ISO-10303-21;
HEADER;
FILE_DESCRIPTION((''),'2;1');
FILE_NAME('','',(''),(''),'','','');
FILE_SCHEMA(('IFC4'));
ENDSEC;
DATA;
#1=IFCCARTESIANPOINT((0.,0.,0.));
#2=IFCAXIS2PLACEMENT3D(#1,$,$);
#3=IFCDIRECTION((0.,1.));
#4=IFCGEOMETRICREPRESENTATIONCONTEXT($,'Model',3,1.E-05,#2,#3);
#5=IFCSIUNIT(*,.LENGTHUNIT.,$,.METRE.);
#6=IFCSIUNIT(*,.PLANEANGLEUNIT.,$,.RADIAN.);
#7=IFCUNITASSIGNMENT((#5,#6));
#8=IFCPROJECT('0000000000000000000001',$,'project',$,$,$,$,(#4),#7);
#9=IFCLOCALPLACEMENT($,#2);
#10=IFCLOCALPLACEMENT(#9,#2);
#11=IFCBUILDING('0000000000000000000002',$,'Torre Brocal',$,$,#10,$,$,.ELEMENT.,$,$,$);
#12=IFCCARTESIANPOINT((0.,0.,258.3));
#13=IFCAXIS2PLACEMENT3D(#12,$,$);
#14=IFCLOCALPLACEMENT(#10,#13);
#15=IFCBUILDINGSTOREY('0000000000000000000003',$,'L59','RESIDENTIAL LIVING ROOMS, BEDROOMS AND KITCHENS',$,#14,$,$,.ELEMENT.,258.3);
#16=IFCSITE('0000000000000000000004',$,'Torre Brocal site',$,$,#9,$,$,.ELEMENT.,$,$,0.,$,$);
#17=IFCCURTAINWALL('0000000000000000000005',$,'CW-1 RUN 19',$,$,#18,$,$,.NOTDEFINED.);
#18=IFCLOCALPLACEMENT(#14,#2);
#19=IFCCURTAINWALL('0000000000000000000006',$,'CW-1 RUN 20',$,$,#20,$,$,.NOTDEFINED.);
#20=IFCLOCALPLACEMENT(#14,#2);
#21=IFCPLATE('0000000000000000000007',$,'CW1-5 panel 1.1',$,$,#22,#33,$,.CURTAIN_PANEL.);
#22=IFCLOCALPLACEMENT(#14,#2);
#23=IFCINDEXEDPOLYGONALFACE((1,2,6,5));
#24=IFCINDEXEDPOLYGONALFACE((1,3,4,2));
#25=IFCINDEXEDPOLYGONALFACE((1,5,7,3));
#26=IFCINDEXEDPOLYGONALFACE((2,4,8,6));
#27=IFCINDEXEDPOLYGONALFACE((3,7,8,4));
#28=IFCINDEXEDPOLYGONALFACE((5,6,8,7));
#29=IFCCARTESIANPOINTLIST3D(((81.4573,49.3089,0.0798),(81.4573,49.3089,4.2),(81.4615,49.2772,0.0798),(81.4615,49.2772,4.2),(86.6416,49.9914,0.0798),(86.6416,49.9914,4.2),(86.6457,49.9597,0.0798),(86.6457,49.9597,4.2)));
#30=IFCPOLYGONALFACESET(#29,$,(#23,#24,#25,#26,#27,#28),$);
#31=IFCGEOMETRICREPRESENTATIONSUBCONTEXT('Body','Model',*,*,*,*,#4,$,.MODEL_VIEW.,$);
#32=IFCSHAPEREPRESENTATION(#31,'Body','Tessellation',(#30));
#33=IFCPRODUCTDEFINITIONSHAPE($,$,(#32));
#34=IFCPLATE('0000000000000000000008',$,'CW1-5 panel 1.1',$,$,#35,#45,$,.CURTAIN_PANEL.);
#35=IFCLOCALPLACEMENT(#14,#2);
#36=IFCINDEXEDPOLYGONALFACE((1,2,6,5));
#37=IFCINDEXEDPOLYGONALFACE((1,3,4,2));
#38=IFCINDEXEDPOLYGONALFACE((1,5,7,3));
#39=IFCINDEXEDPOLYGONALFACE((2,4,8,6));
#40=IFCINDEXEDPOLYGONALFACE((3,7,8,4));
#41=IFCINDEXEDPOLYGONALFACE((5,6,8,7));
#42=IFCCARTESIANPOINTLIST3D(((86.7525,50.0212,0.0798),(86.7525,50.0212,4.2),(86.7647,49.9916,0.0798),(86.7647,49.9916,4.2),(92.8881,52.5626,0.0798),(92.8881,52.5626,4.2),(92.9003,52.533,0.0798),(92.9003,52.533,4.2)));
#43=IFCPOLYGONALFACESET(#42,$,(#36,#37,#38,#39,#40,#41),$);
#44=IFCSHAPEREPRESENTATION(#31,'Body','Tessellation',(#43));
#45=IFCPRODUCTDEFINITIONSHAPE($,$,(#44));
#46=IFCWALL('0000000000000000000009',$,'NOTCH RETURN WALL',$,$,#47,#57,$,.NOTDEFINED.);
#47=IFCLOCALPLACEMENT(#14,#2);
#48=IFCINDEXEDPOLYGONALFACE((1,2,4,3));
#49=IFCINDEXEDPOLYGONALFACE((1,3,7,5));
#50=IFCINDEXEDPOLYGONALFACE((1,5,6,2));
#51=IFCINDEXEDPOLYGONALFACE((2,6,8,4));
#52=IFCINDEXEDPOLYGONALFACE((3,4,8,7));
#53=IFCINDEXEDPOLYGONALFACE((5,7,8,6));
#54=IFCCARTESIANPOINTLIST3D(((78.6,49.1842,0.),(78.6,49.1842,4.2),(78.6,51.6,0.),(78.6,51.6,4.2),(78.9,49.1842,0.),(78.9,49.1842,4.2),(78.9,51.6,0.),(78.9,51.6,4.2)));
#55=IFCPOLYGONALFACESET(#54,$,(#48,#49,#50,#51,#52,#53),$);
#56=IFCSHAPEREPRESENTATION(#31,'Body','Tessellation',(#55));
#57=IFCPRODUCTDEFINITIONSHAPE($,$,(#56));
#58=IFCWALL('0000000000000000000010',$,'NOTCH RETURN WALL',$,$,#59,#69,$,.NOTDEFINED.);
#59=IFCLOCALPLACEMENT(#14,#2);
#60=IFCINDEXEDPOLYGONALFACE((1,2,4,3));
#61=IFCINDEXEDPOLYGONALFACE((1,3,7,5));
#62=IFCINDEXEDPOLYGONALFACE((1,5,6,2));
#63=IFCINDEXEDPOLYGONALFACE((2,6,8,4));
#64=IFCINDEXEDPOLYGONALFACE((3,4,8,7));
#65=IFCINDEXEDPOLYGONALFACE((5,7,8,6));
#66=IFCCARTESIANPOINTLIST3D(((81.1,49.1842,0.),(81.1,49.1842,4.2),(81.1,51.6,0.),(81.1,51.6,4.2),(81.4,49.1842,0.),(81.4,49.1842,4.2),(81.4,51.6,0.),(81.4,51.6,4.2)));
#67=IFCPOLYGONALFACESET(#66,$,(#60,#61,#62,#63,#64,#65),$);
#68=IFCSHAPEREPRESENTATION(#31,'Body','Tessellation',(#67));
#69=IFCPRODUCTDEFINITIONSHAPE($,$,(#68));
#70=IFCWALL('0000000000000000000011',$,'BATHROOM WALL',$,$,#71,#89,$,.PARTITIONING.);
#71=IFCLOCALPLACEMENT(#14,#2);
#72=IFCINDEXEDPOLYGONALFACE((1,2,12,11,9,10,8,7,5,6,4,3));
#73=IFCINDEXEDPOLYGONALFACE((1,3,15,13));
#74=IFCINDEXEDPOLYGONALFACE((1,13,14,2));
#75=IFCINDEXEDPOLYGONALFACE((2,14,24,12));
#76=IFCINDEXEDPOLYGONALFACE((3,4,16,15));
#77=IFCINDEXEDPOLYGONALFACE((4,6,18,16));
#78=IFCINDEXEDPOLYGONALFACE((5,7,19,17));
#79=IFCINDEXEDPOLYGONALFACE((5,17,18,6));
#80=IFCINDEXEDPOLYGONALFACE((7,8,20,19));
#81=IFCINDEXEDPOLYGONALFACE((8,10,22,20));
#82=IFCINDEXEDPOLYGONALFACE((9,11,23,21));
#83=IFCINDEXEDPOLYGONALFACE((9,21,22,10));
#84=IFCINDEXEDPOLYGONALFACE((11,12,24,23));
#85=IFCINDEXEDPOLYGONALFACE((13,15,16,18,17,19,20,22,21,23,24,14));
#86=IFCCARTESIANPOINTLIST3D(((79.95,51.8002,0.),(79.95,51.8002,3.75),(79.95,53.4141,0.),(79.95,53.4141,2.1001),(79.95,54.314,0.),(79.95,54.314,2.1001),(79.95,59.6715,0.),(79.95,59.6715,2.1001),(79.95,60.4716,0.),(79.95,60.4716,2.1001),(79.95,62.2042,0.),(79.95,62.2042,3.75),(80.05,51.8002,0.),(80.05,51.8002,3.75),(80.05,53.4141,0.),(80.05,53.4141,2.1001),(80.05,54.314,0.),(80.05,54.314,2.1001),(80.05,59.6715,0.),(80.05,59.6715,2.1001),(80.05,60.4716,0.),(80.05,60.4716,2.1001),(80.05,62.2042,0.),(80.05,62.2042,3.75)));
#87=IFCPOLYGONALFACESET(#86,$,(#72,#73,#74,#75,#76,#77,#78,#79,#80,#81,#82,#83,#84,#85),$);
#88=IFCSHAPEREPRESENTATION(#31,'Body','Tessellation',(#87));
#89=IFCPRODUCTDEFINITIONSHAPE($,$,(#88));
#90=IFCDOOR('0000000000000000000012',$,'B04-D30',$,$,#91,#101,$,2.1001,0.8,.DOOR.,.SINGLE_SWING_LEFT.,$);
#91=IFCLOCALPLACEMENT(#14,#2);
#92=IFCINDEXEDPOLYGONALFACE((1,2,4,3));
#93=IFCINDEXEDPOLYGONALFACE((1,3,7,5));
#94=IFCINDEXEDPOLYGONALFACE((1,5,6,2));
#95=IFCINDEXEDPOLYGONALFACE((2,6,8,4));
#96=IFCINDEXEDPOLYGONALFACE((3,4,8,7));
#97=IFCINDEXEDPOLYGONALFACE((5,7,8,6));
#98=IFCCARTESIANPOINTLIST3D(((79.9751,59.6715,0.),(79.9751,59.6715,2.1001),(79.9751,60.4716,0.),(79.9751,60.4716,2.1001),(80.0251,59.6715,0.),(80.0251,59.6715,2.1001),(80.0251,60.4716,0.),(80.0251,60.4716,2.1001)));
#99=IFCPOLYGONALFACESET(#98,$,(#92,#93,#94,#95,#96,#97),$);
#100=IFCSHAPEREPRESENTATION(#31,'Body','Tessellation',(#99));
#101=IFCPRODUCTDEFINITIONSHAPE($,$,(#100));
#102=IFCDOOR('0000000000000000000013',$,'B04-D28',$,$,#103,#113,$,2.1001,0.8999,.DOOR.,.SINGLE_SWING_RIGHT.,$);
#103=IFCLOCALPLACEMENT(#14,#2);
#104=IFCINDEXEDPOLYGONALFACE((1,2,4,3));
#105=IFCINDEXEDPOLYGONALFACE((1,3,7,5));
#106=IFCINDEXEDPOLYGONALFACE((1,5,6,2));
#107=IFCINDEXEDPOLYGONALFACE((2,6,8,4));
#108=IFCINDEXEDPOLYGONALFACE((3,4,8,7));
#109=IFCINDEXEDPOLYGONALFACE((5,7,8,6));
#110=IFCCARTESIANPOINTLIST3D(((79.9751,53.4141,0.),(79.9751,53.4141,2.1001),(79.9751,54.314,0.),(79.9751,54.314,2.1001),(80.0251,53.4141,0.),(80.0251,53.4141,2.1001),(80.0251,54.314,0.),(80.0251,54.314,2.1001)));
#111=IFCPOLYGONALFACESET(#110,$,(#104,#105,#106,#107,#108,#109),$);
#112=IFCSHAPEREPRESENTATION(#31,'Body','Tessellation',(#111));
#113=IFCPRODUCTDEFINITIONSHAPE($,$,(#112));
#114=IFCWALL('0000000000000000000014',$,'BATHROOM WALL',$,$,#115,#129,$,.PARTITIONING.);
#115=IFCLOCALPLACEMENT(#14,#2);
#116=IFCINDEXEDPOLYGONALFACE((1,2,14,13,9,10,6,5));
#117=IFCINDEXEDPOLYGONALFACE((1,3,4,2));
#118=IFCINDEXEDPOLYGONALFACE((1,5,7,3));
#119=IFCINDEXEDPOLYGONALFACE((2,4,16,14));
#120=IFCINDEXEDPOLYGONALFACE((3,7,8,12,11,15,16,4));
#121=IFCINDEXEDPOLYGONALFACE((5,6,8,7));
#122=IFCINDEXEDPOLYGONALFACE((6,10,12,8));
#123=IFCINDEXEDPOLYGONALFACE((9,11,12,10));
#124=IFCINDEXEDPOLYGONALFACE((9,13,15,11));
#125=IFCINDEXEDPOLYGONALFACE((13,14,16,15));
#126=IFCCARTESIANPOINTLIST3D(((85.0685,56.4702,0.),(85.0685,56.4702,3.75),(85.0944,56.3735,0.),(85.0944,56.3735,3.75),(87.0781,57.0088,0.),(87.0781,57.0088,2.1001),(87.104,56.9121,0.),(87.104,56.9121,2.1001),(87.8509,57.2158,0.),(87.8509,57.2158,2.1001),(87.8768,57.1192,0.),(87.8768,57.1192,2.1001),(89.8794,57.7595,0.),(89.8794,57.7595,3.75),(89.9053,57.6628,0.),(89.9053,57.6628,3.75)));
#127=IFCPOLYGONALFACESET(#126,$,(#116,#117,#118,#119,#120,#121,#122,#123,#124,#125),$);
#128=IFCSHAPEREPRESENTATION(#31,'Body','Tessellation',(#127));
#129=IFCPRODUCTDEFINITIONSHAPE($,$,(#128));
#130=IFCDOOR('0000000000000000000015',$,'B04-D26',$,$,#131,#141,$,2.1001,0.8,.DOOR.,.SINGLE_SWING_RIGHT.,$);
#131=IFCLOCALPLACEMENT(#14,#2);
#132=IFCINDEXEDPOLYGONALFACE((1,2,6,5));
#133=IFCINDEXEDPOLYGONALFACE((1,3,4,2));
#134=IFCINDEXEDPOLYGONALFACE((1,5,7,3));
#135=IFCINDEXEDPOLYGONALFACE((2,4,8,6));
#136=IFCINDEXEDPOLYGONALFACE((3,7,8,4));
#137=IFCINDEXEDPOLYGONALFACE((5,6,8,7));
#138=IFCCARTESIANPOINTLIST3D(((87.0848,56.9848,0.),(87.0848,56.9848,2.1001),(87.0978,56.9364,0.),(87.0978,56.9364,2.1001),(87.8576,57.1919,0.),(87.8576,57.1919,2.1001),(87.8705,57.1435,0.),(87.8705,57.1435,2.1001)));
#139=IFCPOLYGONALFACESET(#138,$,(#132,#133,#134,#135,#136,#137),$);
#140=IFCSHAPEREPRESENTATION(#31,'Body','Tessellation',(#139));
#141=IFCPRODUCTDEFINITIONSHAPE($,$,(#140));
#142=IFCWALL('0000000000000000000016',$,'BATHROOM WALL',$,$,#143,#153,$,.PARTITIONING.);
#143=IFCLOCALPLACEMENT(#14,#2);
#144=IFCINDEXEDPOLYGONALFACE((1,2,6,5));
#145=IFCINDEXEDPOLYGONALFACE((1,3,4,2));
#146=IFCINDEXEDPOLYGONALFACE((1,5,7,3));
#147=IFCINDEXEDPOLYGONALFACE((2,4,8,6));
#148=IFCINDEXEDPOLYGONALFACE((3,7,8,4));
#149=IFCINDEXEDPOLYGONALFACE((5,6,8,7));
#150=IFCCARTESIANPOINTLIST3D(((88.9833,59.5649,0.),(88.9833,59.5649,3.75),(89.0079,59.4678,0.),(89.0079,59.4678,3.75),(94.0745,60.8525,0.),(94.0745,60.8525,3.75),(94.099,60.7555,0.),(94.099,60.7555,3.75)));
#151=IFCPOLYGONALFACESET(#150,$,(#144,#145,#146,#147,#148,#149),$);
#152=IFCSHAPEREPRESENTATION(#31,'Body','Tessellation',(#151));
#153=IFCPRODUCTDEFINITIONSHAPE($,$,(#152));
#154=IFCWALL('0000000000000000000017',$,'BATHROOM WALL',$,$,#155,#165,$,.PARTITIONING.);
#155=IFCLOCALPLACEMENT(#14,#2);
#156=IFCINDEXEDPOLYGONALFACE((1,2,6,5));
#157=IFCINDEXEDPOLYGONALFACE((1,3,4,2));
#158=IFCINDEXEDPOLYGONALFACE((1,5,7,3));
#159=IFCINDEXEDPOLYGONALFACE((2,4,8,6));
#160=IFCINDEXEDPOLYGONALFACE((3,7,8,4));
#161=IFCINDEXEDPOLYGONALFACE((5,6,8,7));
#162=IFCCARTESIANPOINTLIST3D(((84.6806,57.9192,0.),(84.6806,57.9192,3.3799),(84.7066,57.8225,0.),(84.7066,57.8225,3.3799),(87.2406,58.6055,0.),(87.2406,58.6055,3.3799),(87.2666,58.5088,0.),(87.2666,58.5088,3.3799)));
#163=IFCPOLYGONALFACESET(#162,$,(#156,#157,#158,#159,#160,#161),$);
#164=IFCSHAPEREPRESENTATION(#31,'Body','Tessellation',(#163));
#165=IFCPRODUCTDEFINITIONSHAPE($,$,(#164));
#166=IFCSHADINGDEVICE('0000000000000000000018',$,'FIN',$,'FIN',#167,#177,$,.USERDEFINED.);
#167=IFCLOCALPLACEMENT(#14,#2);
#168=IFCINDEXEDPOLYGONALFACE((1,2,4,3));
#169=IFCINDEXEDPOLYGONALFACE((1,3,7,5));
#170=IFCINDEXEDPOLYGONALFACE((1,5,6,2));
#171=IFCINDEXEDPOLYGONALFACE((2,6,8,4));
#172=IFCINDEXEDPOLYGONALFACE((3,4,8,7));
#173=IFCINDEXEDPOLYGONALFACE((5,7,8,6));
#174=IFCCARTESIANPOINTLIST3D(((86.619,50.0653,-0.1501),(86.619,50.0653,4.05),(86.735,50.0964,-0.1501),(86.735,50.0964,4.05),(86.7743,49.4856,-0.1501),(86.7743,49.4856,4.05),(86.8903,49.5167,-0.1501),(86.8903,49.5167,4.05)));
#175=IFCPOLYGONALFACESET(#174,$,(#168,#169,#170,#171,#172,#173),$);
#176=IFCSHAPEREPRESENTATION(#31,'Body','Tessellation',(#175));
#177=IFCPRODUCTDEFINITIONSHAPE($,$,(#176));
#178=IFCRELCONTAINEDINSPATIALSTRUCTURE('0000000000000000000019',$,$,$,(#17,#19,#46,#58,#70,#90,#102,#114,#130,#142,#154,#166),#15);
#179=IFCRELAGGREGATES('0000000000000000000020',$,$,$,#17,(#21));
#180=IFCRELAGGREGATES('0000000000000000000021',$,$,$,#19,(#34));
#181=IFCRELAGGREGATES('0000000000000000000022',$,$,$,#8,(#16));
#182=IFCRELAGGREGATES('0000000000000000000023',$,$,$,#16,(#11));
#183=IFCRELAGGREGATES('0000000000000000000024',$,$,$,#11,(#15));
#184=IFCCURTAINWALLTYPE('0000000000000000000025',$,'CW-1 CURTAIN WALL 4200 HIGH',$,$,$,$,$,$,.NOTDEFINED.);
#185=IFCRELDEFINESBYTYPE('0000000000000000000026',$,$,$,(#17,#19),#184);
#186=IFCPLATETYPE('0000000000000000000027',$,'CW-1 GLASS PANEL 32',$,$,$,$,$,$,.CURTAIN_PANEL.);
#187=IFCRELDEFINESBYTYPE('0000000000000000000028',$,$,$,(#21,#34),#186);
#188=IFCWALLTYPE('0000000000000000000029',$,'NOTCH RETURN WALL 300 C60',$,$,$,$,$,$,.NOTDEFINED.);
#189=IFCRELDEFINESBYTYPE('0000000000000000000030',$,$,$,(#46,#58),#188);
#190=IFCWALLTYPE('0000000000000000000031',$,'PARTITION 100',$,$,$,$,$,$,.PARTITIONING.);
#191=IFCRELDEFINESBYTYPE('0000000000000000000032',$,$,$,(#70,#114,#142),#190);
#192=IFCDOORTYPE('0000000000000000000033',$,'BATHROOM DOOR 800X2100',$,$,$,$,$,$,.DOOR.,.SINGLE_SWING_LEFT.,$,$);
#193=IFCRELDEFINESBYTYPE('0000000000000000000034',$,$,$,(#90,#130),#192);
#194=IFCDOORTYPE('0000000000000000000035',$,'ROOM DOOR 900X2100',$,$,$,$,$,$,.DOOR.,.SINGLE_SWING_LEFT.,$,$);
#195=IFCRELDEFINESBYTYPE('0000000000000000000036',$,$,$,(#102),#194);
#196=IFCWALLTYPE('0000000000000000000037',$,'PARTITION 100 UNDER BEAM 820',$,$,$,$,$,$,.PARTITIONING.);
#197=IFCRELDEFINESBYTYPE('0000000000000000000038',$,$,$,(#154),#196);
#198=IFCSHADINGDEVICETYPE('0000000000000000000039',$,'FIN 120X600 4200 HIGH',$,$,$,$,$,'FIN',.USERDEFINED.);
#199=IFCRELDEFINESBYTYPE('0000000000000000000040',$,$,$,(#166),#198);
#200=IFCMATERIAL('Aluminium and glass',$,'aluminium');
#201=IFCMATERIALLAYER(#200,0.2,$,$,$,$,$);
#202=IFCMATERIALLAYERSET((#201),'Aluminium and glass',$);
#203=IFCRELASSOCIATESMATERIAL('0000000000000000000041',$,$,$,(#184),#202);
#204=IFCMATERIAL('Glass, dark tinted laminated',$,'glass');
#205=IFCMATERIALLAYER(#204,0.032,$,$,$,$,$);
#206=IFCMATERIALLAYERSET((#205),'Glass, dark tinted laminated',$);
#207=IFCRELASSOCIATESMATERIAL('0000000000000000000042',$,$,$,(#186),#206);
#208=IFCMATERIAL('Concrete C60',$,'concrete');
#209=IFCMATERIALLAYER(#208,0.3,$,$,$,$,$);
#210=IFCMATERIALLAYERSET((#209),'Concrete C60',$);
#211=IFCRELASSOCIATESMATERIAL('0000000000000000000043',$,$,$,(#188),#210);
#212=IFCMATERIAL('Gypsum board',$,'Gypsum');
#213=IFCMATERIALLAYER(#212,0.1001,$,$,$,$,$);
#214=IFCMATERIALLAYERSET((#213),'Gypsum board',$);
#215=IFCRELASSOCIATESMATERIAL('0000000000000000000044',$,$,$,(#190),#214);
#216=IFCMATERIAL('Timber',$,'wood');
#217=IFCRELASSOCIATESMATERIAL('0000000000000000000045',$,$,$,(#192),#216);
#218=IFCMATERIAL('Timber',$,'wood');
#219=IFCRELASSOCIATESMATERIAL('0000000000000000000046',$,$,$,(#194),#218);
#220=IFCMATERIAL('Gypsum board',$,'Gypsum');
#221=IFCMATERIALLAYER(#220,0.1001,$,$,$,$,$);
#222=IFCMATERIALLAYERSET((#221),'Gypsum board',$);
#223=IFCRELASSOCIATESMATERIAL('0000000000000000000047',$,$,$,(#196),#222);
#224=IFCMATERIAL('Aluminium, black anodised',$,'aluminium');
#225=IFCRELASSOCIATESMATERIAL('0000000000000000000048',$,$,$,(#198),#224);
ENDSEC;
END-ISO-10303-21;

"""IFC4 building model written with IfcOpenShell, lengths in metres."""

from ifc_helpers import new_model, si_unit, direction, frame, frame_2d, origin, origin_2d, place, context, subcontext, project, spatial, rectangle, extrude, material, layer, layer_set, material_profile, profile_set, type_object, element, fill, aggregate, save


model = new_model("IFC4")

# Units and contexts
model_context = context("Model", 3, precision=1e-05, world=origin(), true_north=direction((0.0, 1.0)))
body_context = subcontext(model_context, "Body", "Model", "MODEL_VIEW")
ifc_project = project(units=[si_unit("LENGTHUNIT", "METRE"), si_unit("PLANEANGLEUNIT", "RADIAN")], contexts=[model_context])

# Site, building, storey
site_placement = place(None, origin())
site = spatial("IfcSite", under=ifc_project, at=site_placement, Name="Torre Brocal site", CompositionType="ELEMENT", RefElevation=0.0)
building_placement = place(site_placement, origin())
building = spatial("IfcBuilding", under=site, at=building_placement, Name="Torre Brocal", CompositionType="ELEMENT")
storey_placement = place(building_placement, frame((0.0, 0.0, 258.3)))
storey = spatial("IfcBuildingStorey", under=building, at=storey_placement, Name="L59", Description="RESIDENTIAL LIVING ROOMS, BEDROOMS AND KITCHENS", CompositionType="ELEMENT", Elevation=258.3)

# Curtain wall
ifc_material_1 = material(Name="Aluminium and glass", Category="aluminium")
ifc_layer_1 = layer(ifc_material_1, 0.2)
ifc_layer_set_1 = layer_set([ifc_layer_1], Name="Aluminium and glass")
curtain_wall_type = type_object("IfcCurtainWallType", Name="CW-1 CURTAIN WALL 4200 HIGH", PredefinedType="NOTDEFINED", material=ifc_layer_set_1)
curtain_wall_1_placement = place(storey_placement, origin())
curtain_wall_1 = element("IfcCurtainWall", 1, at=curtain_wall_1_placement, inside=storey, type_object=curtain_wall_type, Name="CW-1 RUN 19", PredefinedType="NOTDEFINED")

# Curtain wall
curtain_wall_2_placement = place(storey_placement, origin())
curtain_wall_2 = element("IfcCurtainWall", 2, at=curtain_wall_2_placement, inside=storey, type_object=curtain_wall_type, Name="CW-1 RUN 20", PredefinedType="NOTDEFINED")

# Plates
ifc_material_2 = material(Name="Glass, dark tinted laminated", Category="glass")
ifc_layer_2 = layer(ifc_material_2, 0.032)
ifc_layer_set_2 = layer_set([ifc_layer_2], Name="Glass, dark tinted laminated")
plate_type = type_object("IfcPlateType", Name="CW-1 GLASS PANEL 32", PredefinedType="CURTAIN_PANEL", material=ifc_layer_set_2)
plate_1_placement = place(storey_placement, frame((84.0515, 49.6343, 0.0798), z_axis=(0.0, 0.0, 1.0), x_axis=(0.991445, 0.130526, 0.0)))
plate_1 = element("IfcPlate", 3, at=plate_1_placement, type_object=plate_type, Name="CW1-5 panel 1.1", PredefinedType="CURTAIN_PANEL", context=body_context, shape_type="SweptSolid", body=[
    extrude(rectangle(XDim=5.229, YDim=0.032, at=origin_2d()), origin(), (0.0, 0.0, 1.0), 4.1201),
])
aggregate(curtain_wall_1, [plate_1])
plate_2_placement = place(storey_placement, frame((89.8264, 51.2771, 0.0798), z_axis=(0.0, 0.0, 1.0), x_axis=(0.92388, 0.382683, 0.0)))
plate_2 = element("IfcPlate", 4, at=plate_2_placement, type_object=plate_type, Name="CW1-5 panel 1.1", PredefinedType="CURTAIN_PANEL", context=body_context, shape_type="SweptSolid", body=[
    extrude(rectangle(XDim=6.6411, YDim=0.032, at=origin_2d()), origin(), (0.0, 0.0, 1.0), 4.1201),
])
aggregate(curtain_wall_2, [plate_2])

# Walls
ifc_material_3 = material(Name="Concrete C60", Category="concrete")
ifc_layer_3 = layer(ifc_material_3, 0.3)
ifc_layer_set_3 = layer_set([ifc_layer_3], Name="Concrete C60")
wall_type_1 = type_object("IfcWallType", Name="NOTCH RETURN WALL 300 C60", PredefinedType="NOTDEFINED", material=ifc_layer_set_3)
for number, where, z_axis, x_axis, name in (
    (5, (78.75, 51.6001, 0.0), (0.0, 0.0, 1.0), (0.0, -1.0, 0.0), "NOTCH RETURN WALL"),
    (6, (81.25, 51.6001, 0.0), (0.0, 0.0, 1.0), (0.0, -1.0, 0.0), "NOTCH RETURN WALL"),
):
    element("IfcWall", number, at=place(storey_placement, frame(where, z_axis=z_axis, x_axis=x_axis)), inside=storey, type_object=wall_type_1, Name=name, PredefinedType="NOTDEFINED", context=body_context, shape_type="SweptSolid", body=[
        extrude(rectangle(XDim=2.4158, YDim=0.3, at=frame_2d((1.208, 0.0))), origin(), (0.0, 0.0, 1.0), 4.2),
    ])

# Wall, openings, doors
ifc_material_4 = material(Name="Gypsum board", Category="Gypsum")
ifc_layer_4 = layer(ifc_material_4, 0.1001)
ifc_layer_set_4 = layer_set([ifc_layer_4], Name="Gypsum board")
wall_type_2 = type_object("IfcWallType", Name="PARTITION 100", PredefinedType="PARTITIONING", material=ifc_layer_set_4)
wall_1_placement = place(storey_placement, frame((80.0, 51.8, 0.0), z_axis=(0.0, 0.0, 1.0), x_axis=(0.0, 1.0, 0.0)))
wall_1 = element("IfcWall", 7, at=wall_1_placement, inside=storey, type_object=wall_type_2, Name="BATHROOM WALL", PredefinedType="PARTITIONING", context=body_context, shape_type="SweptSolid", body=[
    extrude(rectangle(XDim=10.4041, YDim=0.1001, at=frame_2d((5.2021, 0.0))), origin(), (0.0, 0.0, 1.0), 3.75),
])
opening_1_placement = place(wall_1_placement, frame((1.614, 0.0, 0.0)))
opening_1 = element("IfcOpeningElement", 8, at=opening_1_placement, cuts=wall_1, PredefinedType="OPENING", context=body_context, shape_type="SweptSolid", body=[
    extrude(rectangle(XDim=0.8999, YDim=2.1001, at=frame_2d((0.45, 1.05))), frame((0.0, 0.0601, 0.0), z_axis=(0.0, -1.0, 0.0), x_axis=(1.0, 0.0, 0.0)), (0.0, 0.0, 1.0), 0.1201),
])
opening_2_placement = place(wall_1_placement, frame((7.8716, 0.0, 0.0)))
opening_2 = element("IfcOpeningElement", 9, at=opening_2_placement, cuts=wall_1, PredefinedType="OPENING", context=body_context, shape_type="SweptSolid", body=[
    extrude(rectangle(XDim=0.8, YDim=2.1001, at=frame_2d((0.3999, 1.05))), frame((0.0, 0.0601, 0.0), z_axis=(0.0, -1.0, 0.0), x_axis=(1.0, 0.0, 0.0)), (0.0, 0.0, 1.0), 0.1201),
])
ifc_material_5 = material(Name="Timber", Category="wood")
door_type_1 = type_object("IfcDoorType", Name="BATHROOM DOOR 800X2100", OperationType="SINGLE_SWING_LEFT", PredefinedType="DOOR", material=ifc_material_5)
door_1_placement = place(opening_2_placement, origin())
door_1 = element("IfcDoor", 10, at=door_1_placement, inside=storey, type_object=door_type_1, Name="B04-D30", OperationType="SINGLE_SWING_LEFT", OverallHeight=2.1001, OverallWidth=0.8, PredefinedType="DOOR", context=body_context, shape_type="SweptSolid", body=[
    extrude(rectangle(XDim=0.8, YDim=2.1001, at=frame_2d((0.3999, 1.05))), frame((0.0, 0.0249, 0.0), z_axis=(0.0, -1.0, 0.0), x_axis=(1.0, 0.0, 0.0)), (0.0, 0.0, 1.0), 0.05),
])
fill(opening_2, door_1)
ifc_material_6 = material(Name="Timber", Category="wood")
door_type_2 = type_object("IfcDoorType", Name="ROOM DOOR 900X2100", OperationType="SINGLE_SWING_LEFT", PredefinedType="DOOR", material=ifc_material_6)
door_2_placement = place(opening_1_placement, origin())
door_2 = element("IfcDoor", 11, at=door_2_placement, inside=storey, type_object=door_type_2, Name="B04-D28", OperationType="SINGLE_SWING_RIGHT", OverallHeight=2.1001, OverallWidth=0.8999, PredefinedType="DOOR", context=body_context, shape_type="SweptSolid", body=[
    extrude(rectangle(XDim=0.8999, YDim=2.1001, at=frame_2d((0.45, 1.05))), frame((0.0, 0.0249, 0.0), z_axis=(0.0, -1.0, 0.0), x_axis=(1.0, 0.0, 0.0)), (0.0, 0.0, 1.0), 0.05),
])
fill(opening_1, door_2)

# Wall, opening, door
wall_2_placement = place(storey_placement, frame((85.0815, 56.4219, 0.0), z_axis=(0.0, 0.0, 1.0), x_axis=(0.965916, 0.258855, 0.0)))
wall_2 = element("IfcWall", 12, at=wall_2_placement, inside=storey, type_object=wall_type_2, Name="BATHROOM WALL", PredefinedType="PARTITIONING", context=body_context, shape_type="SweptSolid", body=[
    extrude(rectangle(XDim=4.9807, YDim=0.1001, at=frame_2d((2.4902, 0.0))), origin(), (0.0, 0.0, 1.0), 3.75),
])
opening_3_placement = place(wall_2_placement, frame((2.0806, 0.0, 0.0)))
opening_3 = element("IfcOpeningElement", 13, at=opening_3_placement, cuts=wall_2, PredefinedType="OPENING", context=body_context, shape_type="SweptSolid", body=[
    extrude(rectangle(XDim=0.8, YDim=2.1001, at=frame_2d((0.3999, 1.05))), frame((0.0, 0.0601, 0.0), z_axis=(0.0, -1.0, 0.0), x_axis=(1.0, 0.0, 0.0)), (0.0, 0.0, 1.0), 0.1201),
])
door_3_placement = place(opening_3_placement, frame((0.8, 0.0, 0.0), z_axis=(0.0, 0.0, 1.0), x_axis=(-1.0, 0.0, 0.0)))
door_3 = element("IfcDoor", 14, at=door_3_placement, inside=storey, type_object=door_type_1, Name="B04-D26", OperationType="SINGLE_SWING_RIGHT", OverallHeight=2.1001, OverallWidth=0.8, PredefinedType="DOOR", context=body_context, shape_type="SweptSolid", body=[
    extrude(rectangle(XDim=0.8, YDim=2.1001, at=frame_2d((0.3999, 1.05))), frame((0.0, 0.0249, 0.0), z_axis=(0.0, -1.0, 0.0), x_axis=(1.0, 0.0, 0.0)), (0.0, 0.0, 1.0), 0.05),
])
fill(opening_3, door_3)

# Walls
wall_3_placement = place(storey_placement, frame((88.9956, 59.5164, 0.0), z_axis=(0.0, 0.0, 1.0), x_axis=(0.969474, 0.245193, 0.0)))
element("IfcWall", 15, at=wall_3_placement, inside=storey, type_object=wall_type_2, Name="BATHROOM WALL", PredefinedType="PARTITIONING", context=body_context, shape_type="SweptSolid", body=[
    extrude(rectangle(XDim=5.2515, YDim=0.1001, at=frame_2d((2.6257, 0.0))), origin(), (0.0, 0.0, 1.0), 3.75),
])
ifc_material_7 = material(Name="Gypsum board", Category="Gypsum")
ifc_layer_5 = layer(ifc_material_7, 0.1001)
ifc_layer_set_5 = layer_set([ifc_layer_5], Name="Gypsum board")
wall_type_3 = type_object("IfcWallType", Name="PARTITION 100 UNDER BEAM 820", PredefinedType="PARTITIONING", material=ifc_layer_set_5)
wall_4_placement = place(storey_placement, frame((84.6936, 57.8708, 0.0), z_axis=(0.0, 0.0, 1.0), x_axis=(0.965896, 0.258929, 0.0)))
element("IfcWall", 16, at=wall_4_placement, inside=storey, type_object=wall_type_3, Name="BATHROOM WALL", PredefinedType="PARTITIONING", context=body_context, shape_type="SweptSolid", body=[
    extrude(rectangle(XDim=2.6504, YDim=0.1001, at=frame_2d((1.3252, 0.0))), origin(), (0.0, 0.0, 1.0), 3.3799),
])

# Shading device
ifc_material_8 = material(Name="Aluminium, black anodised", Category="aluminium")
ifc_material_profile_1 = material_profile(ifc_material_8, rectangle(XDim=0.1201, YDim=0.6001, at=origin_2d()), Name="FIN 120X600 4200 HIGH")
ifc_profile_set_1 = profile_set([ifc_material_profile_1], Name="Aluminium, black anodised")
shading_device_type = type_object("IfcShadingDeviceType", Name="FIN 120X600 4200 HIGH", ElementType="FIN", PredefinedType="USERDEFINED", material=ifc_profile_set_1)
shading_device_placement = place(storey_placement, frame((86.7546, 49.791, -0.1501), z_axis=(0.0, 0.0, 1.0), x_axis=(0.965926, 0.258819, 0.0)))
element("IfcShadingDevice", 17, at=shading_device_placement, inside=storey, type_object=shading_device_type, Name="FIN", ObjectType="FIN", PredefinedType="USERDEFINED", context=body_context, shape_type="SweptSolid", body=[
    extrude(rectangle(XDim=0.1201, YDim=0.6001, at=origin_2d()), origin(), (0.0, 0.0, 1.0), 4.2002),
])

save(model, "model.ifc")
